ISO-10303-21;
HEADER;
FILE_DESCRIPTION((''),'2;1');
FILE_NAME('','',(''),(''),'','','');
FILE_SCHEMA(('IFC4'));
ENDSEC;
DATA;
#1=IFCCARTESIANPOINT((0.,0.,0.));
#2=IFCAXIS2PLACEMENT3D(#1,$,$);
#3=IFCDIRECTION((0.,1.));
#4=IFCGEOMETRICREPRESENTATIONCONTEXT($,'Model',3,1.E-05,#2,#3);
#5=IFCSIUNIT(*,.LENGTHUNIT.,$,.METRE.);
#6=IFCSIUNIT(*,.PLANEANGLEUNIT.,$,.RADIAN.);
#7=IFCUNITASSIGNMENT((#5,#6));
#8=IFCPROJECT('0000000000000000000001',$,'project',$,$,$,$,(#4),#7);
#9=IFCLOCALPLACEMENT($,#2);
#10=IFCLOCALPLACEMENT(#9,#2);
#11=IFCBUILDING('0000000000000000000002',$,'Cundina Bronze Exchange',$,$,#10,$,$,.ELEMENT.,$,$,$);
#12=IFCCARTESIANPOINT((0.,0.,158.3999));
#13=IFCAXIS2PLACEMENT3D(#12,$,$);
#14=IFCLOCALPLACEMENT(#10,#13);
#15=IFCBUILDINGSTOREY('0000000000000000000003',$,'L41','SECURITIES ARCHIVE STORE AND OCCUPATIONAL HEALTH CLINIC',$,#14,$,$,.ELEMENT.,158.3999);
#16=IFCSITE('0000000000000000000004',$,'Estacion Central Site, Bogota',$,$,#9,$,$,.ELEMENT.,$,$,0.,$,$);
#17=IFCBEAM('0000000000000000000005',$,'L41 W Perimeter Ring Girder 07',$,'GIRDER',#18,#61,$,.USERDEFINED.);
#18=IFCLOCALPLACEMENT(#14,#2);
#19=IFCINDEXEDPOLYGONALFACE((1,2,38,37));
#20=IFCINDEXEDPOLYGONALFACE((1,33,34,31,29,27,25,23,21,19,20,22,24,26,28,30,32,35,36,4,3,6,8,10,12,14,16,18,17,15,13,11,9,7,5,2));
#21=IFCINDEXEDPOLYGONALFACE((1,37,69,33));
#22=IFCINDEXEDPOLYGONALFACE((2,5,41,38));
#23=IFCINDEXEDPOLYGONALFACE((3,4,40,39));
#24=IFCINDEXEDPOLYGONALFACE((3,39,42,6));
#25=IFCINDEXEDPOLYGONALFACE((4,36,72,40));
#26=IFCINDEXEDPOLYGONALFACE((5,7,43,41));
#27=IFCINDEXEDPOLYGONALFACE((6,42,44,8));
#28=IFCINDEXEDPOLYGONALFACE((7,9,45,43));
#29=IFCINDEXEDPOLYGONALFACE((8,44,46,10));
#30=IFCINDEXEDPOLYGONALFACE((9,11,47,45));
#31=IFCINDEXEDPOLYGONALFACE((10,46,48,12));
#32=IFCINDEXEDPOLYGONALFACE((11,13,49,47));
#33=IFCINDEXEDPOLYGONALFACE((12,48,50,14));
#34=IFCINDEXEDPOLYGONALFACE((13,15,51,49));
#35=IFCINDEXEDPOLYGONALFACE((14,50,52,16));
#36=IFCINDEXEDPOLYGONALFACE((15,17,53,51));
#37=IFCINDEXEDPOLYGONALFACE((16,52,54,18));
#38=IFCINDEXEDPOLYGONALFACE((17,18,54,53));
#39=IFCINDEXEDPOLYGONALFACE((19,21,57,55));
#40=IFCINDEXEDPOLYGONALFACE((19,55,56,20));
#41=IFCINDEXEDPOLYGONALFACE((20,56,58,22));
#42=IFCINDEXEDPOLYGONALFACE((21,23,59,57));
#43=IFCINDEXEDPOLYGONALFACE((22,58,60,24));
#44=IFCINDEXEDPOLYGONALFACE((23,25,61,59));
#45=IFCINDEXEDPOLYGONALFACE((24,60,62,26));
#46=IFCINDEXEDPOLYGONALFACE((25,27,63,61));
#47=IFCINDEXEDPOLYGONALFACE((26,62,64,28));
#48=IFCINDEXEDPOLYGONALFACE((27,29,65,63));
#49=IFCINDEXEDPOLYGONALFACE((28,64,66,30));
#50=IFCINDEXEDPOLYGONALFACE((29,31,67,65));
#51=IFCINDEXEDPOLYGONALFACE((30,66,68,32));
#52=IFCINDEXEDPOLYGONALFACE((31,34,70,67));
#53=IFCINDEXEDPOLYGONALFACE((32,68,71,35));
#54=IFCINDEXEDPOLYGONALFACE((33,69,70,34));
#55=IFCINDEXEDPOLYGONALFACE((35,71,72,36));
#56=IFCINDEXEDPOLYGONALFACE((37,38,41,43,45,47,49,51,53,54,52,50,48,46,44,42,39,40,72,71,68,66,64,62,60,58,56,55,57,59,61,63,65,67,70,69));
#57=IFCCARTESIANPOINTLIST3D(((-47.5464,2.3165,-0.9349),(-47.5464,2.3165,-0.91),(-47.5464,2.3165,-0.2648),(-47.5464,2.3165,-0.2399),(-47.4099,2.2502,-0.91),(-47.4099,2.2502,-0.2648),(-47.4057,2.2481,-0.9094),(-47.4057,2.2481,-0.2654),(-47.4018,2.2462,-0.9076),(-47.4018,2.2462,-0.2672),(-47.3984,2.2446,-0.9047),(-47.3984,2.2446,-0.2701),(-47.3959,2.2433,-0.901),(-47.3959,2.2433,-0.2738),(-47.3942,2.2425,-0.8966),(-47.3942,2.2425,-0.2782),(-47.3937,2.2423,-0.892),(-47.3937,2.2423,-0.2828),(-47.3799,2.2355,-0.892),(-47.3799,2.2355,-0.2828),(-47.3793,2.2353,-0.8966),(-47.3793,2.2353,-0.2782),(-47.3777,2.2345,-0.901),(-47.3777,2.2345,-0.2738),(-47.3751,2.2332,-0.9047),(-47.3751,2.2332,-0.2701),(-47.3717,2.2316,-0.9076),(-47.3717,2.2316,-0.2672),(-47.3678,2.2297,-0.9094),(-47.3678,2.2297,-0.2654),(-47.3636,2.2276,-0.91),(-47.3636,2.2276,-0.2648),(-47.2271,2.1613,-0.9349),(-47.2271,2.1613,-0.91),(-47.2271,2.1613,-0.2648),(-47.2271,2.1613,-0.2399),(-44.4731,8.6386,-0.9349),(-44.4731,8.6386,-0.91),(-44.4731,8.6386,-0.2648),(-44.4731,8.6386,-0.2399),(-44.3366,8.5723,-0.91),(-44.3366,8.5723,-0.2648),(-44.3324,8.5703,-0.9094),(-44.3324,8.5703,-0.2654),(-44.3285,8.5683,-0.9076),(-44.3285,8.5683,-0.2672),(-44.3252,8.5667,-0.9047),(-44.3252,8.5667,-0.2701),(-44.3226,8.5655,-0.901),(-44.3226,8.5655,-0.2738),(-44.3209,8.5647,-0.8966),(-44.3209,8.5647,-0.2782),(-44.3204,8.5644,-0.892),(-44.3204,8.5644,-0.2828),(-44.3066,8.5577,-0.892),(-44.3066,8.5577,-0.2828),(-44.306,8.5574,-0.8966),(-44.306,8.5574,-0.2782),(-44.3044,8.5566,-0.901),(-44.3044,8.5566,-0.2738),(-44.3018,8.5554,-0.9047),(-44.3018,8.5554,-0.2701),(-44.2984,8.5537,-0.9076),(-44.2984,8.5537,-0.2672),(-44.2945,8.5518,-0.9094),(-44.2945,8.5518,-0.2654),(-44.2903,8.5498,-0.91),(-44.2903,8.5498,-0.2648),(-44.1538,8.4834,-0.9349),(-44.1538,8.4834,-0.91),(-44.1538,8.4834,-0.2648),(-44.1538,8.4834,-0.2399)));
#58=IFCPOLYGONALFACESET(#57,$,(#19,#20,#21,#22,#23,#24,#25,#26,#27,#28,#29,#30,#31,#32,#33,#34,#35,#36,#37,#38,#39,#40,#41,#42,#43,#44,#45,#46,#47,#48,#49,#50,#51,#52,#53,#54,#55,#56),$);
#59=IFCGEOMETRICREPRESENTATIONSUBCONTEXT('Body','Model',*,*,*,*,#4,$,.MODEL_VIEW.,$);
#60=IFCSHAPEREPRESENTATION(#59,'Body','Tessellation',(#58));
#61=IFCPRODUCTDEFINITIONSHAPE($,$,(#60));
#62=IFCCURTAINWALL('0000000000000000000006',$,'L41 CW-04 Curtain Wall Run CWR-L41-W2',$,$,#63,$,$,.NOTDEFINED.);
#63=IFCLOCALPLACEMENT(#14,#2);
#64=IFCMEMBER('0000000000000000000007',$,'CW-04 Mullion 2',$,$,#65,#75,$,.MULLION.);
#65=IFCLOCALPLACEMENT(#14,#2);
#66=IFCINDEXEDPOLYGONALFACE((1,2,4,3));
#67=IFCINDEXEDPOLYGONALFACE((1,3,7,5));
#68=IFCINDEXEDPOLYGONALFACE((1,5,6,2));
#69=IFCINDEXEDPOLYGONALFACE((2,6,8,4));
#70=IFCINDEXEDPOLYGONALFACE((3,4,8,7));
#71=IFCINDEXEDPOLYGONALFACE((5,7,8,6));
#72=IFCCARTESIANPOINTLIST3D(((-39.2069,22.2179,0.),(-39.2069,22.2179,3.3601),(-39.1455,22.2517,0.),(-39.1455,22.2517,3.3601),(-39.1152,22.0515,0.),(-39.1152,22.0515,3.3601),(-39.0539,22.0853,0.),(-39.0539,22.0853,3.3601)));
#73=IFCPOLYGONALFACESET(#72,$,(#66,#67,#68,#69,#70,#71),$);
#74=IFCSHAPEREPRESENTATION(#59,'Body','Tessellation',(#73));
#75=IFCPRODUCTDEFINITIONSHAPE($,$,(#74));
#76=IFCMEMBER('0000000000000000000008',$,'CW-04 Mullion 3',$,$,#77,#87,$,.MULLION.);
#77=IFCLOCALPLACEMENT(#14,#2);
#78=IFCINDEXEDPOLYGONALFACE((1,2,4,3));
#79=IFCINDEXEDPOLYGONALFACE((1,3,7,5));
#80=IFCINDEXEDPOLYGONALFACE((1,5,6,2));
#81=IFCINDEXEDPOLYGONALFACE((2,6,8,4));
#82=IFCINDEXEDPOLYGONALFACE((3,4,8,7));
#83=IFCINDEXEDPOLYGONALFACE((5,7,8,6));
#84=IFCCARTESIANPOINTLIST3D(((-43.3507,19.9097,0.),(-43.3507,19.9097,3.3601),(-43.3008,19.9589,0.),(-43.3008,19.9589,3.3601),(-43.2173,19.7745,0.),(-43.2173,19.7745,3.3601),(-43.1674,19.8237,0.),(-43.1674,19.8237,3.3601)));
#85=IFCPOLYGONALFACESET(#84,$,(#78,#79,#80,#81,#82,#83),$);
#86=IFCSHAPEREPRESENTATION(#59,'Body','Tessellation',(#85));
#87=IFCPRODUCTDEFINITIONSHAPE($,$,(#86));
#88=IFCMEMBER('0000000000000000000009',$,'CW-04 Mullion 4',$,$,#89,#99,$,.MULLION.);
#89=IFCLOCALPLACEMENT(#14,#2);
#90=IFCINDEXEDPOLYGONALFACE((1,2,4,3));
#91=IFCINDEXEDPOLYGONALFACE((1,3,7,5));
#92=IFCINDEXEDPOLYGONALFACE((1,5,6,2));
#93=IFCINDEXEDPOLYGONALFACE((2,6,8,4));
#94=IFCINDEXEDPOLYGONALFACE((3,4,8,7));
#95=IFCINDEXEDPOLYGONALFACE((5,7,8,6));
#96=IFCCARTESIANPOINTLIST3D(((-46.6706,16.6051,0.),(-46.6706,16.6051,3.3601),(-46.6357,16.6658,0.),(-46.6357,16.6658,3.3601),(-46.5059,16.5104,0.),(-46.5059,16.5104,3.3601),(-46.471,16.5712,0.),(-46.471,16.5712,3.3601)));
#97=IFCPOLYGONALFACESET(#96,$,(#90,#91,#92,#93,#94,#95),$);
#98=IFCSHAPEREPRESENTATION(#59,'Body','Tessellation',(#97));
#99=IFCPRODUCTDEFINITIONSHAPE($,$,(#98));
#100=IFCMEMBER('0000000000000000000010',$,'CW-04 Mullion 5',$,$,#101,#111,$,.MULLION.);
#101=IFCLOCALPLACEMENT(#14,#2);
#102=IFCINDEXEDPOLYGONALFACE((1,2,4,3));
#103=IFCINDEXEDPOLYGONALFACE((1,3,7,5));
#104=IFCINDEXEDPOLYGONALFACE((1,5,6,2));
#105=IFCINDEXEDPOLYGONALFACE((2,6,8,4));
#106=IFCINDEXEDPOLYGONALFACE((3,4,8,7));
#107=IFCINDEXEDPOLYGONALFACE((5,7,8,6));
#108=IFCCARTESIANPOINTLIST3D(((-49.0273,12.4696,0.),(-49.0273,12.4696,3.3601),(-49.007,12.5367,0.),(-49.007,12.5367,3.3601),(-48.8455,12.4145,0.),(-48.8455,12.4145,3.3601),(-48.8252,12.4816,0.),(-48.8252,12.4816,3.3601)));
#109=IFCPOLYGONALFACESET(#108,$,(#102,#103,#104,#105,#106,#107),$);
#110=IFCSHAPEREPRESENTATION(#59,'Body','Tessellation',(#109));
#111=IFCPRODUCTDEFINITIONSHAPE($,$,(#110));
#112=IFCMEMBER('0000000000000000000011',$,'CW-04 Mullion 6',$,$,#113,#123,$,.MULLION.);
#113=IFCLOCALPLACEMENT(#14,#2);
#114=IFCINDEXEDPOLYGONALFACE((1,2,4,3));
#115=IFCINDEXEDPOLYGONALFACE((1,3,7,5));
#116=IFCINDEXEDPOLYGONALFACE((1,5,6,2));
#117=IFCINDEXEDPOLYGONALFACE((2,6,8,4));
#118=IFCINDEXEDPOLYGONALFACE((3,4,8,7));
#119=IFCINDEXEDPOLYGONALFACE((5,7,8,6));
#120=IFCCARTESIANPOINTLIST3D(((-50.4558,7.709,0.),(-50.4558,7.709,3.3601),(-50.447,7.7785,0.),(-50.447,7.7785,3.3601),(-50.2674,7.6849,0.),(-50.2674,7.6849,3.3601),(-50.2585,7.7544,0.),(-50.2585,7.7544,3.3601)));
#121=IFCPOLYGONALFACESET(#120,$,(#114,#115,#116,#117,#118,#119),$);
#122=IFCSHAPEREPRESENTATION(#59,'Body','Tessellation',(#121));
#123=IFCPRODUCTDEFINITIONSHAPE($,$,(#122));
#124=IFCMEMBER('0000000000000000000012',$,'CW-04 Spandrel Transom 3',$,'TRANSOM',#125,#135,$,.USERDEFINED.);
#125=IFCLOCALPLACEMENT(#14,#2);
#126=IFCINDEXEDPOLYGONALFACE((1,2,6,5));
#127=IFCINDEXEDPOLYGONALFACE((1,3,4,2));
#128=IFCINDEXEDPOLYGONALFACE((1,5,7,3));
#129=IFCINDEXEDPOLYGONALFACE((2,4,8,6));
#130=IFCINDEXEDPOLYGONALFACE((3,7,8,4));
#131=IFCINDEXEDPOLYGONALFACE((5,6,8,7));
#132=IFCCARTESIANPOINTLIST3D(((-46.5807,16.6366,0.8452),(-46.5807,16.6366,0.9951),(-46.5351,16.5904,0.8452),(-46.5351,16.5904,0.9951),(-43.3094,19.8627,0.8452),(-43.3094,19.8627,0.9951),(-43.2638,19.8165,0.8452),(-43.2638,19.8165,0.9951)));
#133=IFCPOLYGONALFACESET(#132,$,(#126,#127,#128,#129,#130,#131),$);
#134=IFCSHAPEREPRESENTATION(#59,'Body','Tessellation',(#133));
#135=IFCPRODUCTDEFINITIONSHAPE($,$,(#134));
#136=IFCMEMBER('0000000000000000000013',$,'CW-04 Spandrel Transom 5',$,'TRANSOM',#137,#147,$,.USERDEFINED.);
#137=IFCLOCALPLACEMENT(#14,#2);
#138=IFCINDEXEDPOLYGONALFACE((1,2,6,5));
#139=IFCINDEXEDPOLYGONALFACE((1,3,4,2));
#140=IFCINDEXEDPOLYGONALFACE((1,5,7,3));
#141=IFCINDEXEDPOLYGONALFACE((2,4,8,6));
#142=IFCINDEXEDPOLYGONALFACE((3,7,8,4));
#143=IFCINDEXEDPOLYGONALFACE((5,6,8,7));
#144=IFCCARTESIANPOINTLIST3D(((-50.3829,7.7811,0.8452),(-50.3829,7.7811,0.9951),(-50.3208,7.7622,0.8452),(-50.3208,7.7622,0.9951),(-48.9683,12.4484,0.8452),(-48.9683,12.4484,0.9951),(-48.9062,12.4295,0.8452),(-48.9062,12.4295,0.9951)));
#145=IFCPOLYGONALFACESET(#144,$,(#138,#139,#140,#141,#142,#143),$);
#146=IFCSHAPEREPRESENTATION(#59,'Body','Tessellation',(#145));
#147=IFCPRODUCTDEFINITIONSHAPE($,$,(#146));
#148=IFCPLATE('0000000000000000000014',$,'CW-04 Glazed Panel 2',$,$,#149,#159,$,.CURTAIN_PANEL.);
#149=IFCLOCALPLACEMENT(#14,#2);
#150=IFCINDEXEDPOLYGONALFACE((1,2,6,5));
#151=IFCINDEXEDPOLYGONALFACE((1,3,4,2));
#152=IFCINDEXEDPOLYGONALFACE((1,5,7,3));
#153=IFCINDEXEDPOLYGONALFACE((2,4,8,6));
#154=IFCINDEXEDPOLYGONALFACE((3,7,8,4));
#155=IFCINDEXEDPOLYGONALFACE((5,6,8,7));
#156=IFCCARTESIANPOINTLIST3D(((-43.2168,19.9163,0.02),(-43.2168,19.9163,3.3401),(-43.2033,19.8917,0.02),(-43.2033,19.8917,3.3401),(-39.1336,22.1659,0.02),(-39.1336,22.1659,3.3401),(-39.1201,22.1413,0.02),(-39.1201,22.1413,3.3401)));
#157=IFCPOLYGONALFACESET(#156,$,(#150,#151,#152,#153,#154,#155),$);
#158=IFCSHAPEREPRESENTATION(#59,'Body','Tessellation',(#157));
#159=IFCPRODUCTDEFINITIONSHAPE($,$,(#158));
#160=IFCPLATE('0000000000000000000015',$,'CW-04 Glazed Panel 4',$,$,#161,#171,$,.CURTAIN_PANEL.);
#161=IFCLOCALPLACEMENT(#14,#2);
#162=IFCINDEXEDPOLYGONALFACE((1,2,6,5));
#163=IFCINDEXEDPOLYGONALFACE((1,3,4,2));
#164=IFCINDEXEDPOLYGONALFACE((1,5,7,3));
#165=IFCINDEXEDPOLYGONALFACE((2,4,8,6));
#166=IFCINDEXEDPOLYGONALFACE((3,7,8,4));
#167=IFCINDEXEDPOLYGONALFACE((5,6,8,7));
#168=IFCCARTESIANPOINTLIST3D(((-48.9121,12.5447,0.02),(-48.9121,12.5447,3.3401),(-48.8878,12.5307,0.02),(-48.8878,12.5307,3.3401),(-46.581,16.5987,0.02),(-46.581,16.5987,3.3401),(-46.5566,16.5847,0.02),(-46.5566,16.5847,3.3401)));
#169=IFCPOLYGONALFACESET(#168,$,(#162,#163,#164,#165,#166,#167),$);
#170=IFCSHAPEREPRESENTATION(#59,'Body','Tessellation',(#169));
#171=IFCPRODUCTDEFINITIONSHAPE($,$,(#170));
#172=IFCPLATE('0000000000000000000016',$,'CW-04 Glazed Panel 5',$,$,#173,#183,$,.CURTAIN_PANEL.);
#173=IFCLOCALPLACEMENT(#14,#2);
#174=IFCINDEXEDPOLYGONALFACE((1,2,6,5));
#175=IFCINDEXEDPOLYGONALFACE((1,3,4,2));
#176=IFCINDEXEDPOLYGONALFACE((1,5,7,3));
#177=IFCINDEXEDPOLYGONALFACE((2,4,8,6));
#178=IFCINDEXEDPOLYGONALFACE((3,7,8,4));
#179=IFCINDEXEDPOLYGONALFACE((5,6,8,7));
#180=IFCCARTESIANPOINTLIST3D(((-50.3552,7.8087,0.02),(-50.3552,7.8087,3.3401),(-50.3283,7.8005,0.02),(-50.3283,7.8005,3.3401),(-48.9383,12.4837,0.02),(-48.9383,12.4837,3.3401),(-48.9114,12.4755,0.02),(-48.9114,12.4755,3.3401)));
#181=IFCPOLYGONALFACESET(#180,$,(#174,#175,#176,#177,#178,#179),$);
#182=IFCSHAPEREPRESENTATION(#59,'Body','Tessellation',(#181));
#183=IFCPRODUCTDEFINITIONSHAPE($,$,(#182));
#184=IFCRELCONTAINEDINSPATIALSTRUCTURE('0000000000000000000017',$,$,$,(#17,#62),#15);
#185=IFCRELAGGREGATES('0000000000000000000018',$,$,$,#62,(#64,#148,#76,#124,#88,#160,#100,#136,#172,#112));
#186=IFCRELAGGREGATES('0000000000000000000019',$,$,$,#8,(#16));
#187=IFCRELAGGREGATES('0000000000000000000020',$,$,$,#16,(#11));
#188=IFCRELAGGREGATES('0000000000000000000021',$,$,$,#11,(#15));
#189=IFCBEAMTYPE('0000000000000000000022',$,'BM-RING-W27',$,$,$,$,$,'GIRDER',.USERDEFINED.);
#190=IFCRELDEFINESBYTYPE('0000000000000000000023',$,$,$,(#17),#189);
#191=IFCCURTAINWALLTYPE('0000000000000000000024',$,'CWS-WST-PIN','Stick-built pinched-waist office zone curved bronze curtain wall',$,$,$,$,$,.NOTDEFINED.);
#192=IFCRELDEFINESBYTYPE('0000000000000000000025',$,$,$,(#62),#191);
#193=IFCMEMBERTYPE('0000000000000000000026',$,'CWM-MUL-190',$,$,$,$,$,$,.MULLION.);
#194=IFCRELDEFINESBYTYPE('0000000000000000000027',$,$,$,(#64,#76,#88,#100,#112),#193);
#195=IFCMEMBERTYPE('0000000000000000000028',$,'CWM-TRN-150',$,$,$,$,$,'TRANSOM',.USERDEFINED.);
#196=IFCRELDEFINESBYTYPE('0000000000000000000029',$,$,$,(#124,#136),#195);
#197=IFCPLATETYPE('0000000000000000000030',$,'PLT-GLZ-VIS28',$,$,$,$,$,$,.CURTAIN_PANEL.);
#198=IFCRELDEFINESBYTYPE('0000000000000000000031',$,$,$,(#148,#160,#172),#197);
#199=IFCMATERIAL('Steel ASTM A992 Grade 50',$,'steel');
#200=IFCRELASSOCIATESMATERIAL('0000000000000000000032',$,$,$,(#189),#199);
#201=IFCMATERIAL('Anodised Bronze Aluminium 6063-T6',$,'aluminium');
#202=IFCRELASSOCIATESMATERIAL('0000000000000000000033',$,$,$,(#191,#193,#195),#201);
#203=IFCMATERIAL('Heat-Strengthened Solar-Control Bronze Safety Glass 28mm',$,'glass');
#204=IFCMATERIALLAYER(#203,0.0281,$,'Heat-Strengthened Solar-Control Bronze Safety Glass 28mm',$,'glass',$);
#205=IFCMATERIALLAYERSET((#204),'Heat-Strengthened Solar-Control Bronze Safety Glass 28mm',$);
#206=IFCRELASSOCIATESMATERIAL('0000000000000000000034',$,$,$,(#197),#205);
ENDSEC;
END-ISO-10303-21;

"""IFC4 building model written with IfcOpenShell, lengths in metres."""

from ifc_helpers import new_model, si_unit, direction, frame, origin, origin_2d, place, context, subcontext, project, spatial, rectangle, i_section, extrude, material, layer, layer_set, material_profile, profile_set, type_object, element, aggregate, save


model = new_model("IFC4")

# Units and contexts
model_context = context("Model", 3, precision=1e-05, world=origin(), true_north=direction((0.0, 1.0)))
body_context = subcontext(model_context, "Body", "Model", "MODEL_VIEW")
ifc_project = project(units=[si_unit("LENGTHUNIT", "METRE"), si_unit("PLANEANGLEUNIT", "RADIAN")], contexts=[model_context])

# Site, building, storey
site_placement = place(None, origin())
site = spatial("IfcSite", under=ifc_project, at=site_placement, Name="Estacion Central Site, Bogota", CompositionType="ELEMENT", RefElevation=0.0)
building_placement = place(site_placement, origin())
building = spatial("IfcBuilding", under=site, at=building_placement, Name="Cundina Bronze Exchange", CompositionType="ELEMENT")
storey_placement = place(building_placement, frame((0.0, 0.0, 158.3999)))
storey = spatial("IfcBuildingStorey", under=building, at=storey_placement, Name="L41", Description="SECURITIES ARCHIVE STORE AND OCCUPATIONAL HEALTH CLINIC", CompositionType="ELEMENT", Elevation=158.3999)

# Beam
ifc_material_1 = material(Name="Steel ASTM A992 Grade 50", Category="steel")
ifc_material_profile_1 = material_profile(ifc_material_1, i_section(OverallWidth=0.355, OverallDepth=0.6951, WebThickness=0.0154, FlangeThickness=0.0249, FilletRadius=0.0181, at=origin_2d()), Name="W27X146", Category="steel")
ifc_profile_set_1 = profile_set([ifc_material_profile_1], Name="Steel ASTM A992 Grade 50")
beam_type_1 = type_object("IfcBeamType", Name="BM-RING-W27", ElementType="GIRDER", PredefinedType="USERDEFINED", material=ifc_profile_set_1)
for number, where, z_axis, x_axis, name in (
    (1, (-44.3135, 8.561, -0.5874), (-0.437197, -0.899366, 0.0), (0.899366, -0.437197, 0.0), "L41 W Perimeter Ring Girder 07"),
):
    element("IfcBeam", number, at=place(storey_placement, frame(where, z_axis=z_axis, x_axis=x_axis)), inside=storey, type_object=beam_type_1, Name=name, ObjectType="GIRDER", PredefinedType="USERDEFINED", context=body_context, shape_type="SweptSolid", body=[
        extrude(i_section(OverallWidth=0.355, OverallDepth=0.6951, WebThickness=0.0154, FlangeThickness=0.0249, FilletRadius=0.0181, at=origin_2d()), origin(), (0.0, 0.0, 1.0), 7.0295),
    ])

# Curtain wall, members, plates
ifc_material_2 = material(Name="Anodised Bronze Aluminium 6063-T6", Category="aluminium")
curtain_wall_type = type_object("IfcCurtainWallType", Name="CWS-WST-PIN", Description="Stick-built pinched-waist office zone curved bronze curtain wall", PredefinedType="NOTDEFINED", material=ifc_material_2)
curtain_wall_placement = place(storey_placement, origin())
curtain_wall = element("IfcCurtainWall", 2, at=curtain_wall_placement, inside=storey, type_object=curtain_wall_type, Name="L41 CW-04 Curtain Wall Run CWR-L41-W2", PredefinedType="NOTDEFINED")
ifc_material_profile_2 = material_profile(ifc_material_2, rectangle(XDim=0.0701, YDim=0.1899, at=origin_2d()), Name="AL70X190", Category="aluminium")
ifc_profile_set_2 = profile_set([ifc_material_profile_2], Name="Anodised Bronze Aluminium 6063-T6")
member_type_1 = type_object("IfcMemberType", Name="CWM-MUL-190", PredefinedType="MULLION", material=ifc_profile_set_2)
member_1_placement = place(storey_placement, frame((-39.1304, 22.1516, 0.0), z_axis=(0.0, 0.0, 1.0), x_axis=(-0.875886, -0.482518, 0.0)))
member_1 = element("IfcMember", 3, at=member_1_placement, type_object=member_type_1, Name="CW-04 Mullion 2", PredefinedType="MULLION", context=body_context, shape_type="SweptSolid", body=[
    extrude(rectangle(XDim=0.0701, YDim=0.1899, at=origin_2d()), origin(), (0.0, 0.0, 1.0), 3.3601),
])
member_2_placement = place(storey_placement, frame((-43.259, 19.8667, 0.0), z_axis=(0.0, 0.0, 1.0), x_axis=(-0.712026, -0.702153, 0.0)))
member_2 = element("IfcMember", 4, at=member_2_placement, type_object=member_type_1, Name="CW-04 Mullion 3", PredefinedType="MULLION", context=body_context, shape_type="SweptSolid", body=[
    extrude(rectangle(XDim=0.0701, YDim=0.1899, at=origin_2d()), origin(), (0.0, 0.0, 1.0), 3.3601),
])
member_3_placement = place(storey_placement, frame((-46.5708, 16.5881, 0.0), z_axis=(0.0, 0.0, 1.0), x_axis=(-0.498488, -0.866897, 0.0)))
member_3 = element("IfcMember", 5, at=member_3_placement, type_object=member_type_1, Name="CW-04 Mullion 4", PredefinedType="MULLION", context=body_context, shape_type="SweptSolid", body=[
    extrude(rectangle(XDim=0.0701, YDim=0.1899, at=origin_2d()), origin(), (0.0, 0.0, 1.0), 3.3601),
])
member_4_placement = place(storey_placement, frame((-48.9263, 12.4756, 0.0), z_axis=(0.0, 0.0, 1.0), x_axis=(-0.290034, -0.957016, 0.0)))
member_4 = element("IfcMember", 6, at=member_4_placement, type_object=member_type_1, Name="CW-04 Mullion 5", PredefinedType="MULLION", context=body_context, shape_type="SweptSolid", body=[
    extrude(rectangle(XDim=0.0701, YDim=0.1899, at=origin_2d()), origin(), (0.0, 0.0, 1.0), 3.3601),
])
member_5_placement = place(storey_placement, frame((-50.3572, 7.7317, 0.0), z_axis=(0.0, 0.0, 1.0), x_axis=(-0.126545, -0.991961, 0.0)))
member_5 = element("IfcMember", 7, at=member_5_placement, type_object=member_type_1, Name="CW-04 Mullion 6", PredefinedType="MULLION", context=body_context, shape_type="SweptSolid", body=[
    extrude(rectangle(XDim=0.0701, YDim=0.1899, at=origin_2d()), origin(), (0.0, 0.0, 1.0), 3.3601),
])
ifc_material_profile_3 = material_profile(ifc_material_2, rectangle(XDim=0.0649, YDim=0.1499, at=origin_2d()), Name="AL65X150", Category="aluminium")
ifc_profile_set_3 = profile_set([ifc_material_profile_3], Name="Anodised Bronze Aluminium 6063-T6")
member_type_2 = type_object("IfcMemberType", Name="CWM-TRN-150", ElementType="TRANSOM", PredefinedType="USERDEFINED", material=ifc_profile_set_3)
member_6_placement = place(storey_placement, frame((-43.2866, 19.8396, 0.9202), z_axis=(-0.712005, -0.702174, 0.0), x_axis=(0.702174, -0.712005, 0.0)))
member_6 = element("IfcMember", 8, at=member_6_placement, type_object=member_type_2, Name="CW-04 Spandrel Transom 3", ObjectType="TRANSOM", PredefinedType="USERDEFINED", context=body_context, shape_type="SweptSolid", body=[
    extrude(rectangle(XDim=0.0649, YDim=0.1499, at=origin_2d()), origin(), (0.0, 0.0, 1.0), 4.5945),
])
member_7_placement = place(storey_placement, frame((-48.9373, 12.439, 0.9202), z_axis=(-0.290052, -0.957011, 0.0), x_axis=(0.957011, -0.290052, 0.0)))
member_7 = element("IfcMember", 9, at=member_7_placement, type_object=member_type_2, Name="CW-04 Spandrel Transom 5", ObjectType="TRANSOM", PredefinedType="USERDEFINED", context=body_context, shape_type="SweptSolid", body=[
    extrude(rectangle(XDim=0.0649, YDim=0.1499, at=origin_2d()), origin(), (0.0, 0.0, 1.0), 4.877),
])
ifc_material_3 = material(Name="Heat-Strengthened Solar-Control Bronze Safety Glass 28mm", Category="glass")
ifc_layer_1 = layer(ifc_material_3, 0.0281, Name="Heat-Strengthened Solar-Control Bronze Safety Glass 28mm", Category="glass")
ifc_layer_set_1 = layer_set([ifc_layer_1], Name="Heat-Strengthened Solar-Control Bronze Safety Glass 28mm")
plate_type_1 = type_object("IfcPlateType", Name="PLT-GLZ-VIS28", PredefinedType="CURTAIN_PANEL", material=ifc_layer_set_1)
plate_1_placement = place(storey_placement, frame((-41.1685, 21.0288, 0.02), z_axis=(0.0, 0.0, 1.0), x_axis=(-0.875869, -0.482549, 0.0)))
plate_1 = element("IfcPlate", 10, at=plate_1_placement, type_object=plate_type_1, Name="CW-04 Glazed Panel 2", PredefinedType="CURTAIN_PANEL", context=body_context, shape_type="SweptSolid", body=[
    extrude(rectangle(XDim=4.6619, YDim=0.0281, at=origin_2d()), origin(), (0.0, 0.0, 1.0), 3.3201),
])
plate_2_placement = place(storey_placement, frame((-47.7344, 14.5647, 0.02), z_axis=(0.0, 0.0, 1.0), x_axis=(-0.498488, -0.866897, 0.0)))
plate_2 = element("IfcPlate", 11, at=plate_2_placement, type_object=plate_type_1, Name="CW-04 Glazed Panel 4", PredefinedType="CURTAIN_PANEL", context=body_context, shape_type="SweptSolid", body=[
    extrude(rectangle(XDim=4.6765, YDim=0.0281, at=origin_2d()), origin(), (0.0, 0.0, 1.0), 3.3201),
])
plate_3_placement = place(storey_placement, frame((-49.6333, 10.1421, 0.02), z_axis=(0.0, 0.0, 1.0), x_axis=(-0.290051, -0.957011, 0.0)))
plate_3 = element("IfcPlate", 12, at=plate_3_placement, type_object=plate_type_1, Name="CW-04 Glazed Panel 5", PredefinedType="CURTAIN_PANEL", context=body_context, shape_type="SweptSolid", body=[
    extrude(rectangle(XDim=4.885, YDim=0.0281, at=origin_2d()), origin(), (0.0, 0.0, 1.0), 3.3201),
])
aggregate(curtain_wall, [member_1, plate_1, member_2, member_6, member_3, plate_2, member_4, member_7, plate_3, member_5])

save(model, "model.ifc")
